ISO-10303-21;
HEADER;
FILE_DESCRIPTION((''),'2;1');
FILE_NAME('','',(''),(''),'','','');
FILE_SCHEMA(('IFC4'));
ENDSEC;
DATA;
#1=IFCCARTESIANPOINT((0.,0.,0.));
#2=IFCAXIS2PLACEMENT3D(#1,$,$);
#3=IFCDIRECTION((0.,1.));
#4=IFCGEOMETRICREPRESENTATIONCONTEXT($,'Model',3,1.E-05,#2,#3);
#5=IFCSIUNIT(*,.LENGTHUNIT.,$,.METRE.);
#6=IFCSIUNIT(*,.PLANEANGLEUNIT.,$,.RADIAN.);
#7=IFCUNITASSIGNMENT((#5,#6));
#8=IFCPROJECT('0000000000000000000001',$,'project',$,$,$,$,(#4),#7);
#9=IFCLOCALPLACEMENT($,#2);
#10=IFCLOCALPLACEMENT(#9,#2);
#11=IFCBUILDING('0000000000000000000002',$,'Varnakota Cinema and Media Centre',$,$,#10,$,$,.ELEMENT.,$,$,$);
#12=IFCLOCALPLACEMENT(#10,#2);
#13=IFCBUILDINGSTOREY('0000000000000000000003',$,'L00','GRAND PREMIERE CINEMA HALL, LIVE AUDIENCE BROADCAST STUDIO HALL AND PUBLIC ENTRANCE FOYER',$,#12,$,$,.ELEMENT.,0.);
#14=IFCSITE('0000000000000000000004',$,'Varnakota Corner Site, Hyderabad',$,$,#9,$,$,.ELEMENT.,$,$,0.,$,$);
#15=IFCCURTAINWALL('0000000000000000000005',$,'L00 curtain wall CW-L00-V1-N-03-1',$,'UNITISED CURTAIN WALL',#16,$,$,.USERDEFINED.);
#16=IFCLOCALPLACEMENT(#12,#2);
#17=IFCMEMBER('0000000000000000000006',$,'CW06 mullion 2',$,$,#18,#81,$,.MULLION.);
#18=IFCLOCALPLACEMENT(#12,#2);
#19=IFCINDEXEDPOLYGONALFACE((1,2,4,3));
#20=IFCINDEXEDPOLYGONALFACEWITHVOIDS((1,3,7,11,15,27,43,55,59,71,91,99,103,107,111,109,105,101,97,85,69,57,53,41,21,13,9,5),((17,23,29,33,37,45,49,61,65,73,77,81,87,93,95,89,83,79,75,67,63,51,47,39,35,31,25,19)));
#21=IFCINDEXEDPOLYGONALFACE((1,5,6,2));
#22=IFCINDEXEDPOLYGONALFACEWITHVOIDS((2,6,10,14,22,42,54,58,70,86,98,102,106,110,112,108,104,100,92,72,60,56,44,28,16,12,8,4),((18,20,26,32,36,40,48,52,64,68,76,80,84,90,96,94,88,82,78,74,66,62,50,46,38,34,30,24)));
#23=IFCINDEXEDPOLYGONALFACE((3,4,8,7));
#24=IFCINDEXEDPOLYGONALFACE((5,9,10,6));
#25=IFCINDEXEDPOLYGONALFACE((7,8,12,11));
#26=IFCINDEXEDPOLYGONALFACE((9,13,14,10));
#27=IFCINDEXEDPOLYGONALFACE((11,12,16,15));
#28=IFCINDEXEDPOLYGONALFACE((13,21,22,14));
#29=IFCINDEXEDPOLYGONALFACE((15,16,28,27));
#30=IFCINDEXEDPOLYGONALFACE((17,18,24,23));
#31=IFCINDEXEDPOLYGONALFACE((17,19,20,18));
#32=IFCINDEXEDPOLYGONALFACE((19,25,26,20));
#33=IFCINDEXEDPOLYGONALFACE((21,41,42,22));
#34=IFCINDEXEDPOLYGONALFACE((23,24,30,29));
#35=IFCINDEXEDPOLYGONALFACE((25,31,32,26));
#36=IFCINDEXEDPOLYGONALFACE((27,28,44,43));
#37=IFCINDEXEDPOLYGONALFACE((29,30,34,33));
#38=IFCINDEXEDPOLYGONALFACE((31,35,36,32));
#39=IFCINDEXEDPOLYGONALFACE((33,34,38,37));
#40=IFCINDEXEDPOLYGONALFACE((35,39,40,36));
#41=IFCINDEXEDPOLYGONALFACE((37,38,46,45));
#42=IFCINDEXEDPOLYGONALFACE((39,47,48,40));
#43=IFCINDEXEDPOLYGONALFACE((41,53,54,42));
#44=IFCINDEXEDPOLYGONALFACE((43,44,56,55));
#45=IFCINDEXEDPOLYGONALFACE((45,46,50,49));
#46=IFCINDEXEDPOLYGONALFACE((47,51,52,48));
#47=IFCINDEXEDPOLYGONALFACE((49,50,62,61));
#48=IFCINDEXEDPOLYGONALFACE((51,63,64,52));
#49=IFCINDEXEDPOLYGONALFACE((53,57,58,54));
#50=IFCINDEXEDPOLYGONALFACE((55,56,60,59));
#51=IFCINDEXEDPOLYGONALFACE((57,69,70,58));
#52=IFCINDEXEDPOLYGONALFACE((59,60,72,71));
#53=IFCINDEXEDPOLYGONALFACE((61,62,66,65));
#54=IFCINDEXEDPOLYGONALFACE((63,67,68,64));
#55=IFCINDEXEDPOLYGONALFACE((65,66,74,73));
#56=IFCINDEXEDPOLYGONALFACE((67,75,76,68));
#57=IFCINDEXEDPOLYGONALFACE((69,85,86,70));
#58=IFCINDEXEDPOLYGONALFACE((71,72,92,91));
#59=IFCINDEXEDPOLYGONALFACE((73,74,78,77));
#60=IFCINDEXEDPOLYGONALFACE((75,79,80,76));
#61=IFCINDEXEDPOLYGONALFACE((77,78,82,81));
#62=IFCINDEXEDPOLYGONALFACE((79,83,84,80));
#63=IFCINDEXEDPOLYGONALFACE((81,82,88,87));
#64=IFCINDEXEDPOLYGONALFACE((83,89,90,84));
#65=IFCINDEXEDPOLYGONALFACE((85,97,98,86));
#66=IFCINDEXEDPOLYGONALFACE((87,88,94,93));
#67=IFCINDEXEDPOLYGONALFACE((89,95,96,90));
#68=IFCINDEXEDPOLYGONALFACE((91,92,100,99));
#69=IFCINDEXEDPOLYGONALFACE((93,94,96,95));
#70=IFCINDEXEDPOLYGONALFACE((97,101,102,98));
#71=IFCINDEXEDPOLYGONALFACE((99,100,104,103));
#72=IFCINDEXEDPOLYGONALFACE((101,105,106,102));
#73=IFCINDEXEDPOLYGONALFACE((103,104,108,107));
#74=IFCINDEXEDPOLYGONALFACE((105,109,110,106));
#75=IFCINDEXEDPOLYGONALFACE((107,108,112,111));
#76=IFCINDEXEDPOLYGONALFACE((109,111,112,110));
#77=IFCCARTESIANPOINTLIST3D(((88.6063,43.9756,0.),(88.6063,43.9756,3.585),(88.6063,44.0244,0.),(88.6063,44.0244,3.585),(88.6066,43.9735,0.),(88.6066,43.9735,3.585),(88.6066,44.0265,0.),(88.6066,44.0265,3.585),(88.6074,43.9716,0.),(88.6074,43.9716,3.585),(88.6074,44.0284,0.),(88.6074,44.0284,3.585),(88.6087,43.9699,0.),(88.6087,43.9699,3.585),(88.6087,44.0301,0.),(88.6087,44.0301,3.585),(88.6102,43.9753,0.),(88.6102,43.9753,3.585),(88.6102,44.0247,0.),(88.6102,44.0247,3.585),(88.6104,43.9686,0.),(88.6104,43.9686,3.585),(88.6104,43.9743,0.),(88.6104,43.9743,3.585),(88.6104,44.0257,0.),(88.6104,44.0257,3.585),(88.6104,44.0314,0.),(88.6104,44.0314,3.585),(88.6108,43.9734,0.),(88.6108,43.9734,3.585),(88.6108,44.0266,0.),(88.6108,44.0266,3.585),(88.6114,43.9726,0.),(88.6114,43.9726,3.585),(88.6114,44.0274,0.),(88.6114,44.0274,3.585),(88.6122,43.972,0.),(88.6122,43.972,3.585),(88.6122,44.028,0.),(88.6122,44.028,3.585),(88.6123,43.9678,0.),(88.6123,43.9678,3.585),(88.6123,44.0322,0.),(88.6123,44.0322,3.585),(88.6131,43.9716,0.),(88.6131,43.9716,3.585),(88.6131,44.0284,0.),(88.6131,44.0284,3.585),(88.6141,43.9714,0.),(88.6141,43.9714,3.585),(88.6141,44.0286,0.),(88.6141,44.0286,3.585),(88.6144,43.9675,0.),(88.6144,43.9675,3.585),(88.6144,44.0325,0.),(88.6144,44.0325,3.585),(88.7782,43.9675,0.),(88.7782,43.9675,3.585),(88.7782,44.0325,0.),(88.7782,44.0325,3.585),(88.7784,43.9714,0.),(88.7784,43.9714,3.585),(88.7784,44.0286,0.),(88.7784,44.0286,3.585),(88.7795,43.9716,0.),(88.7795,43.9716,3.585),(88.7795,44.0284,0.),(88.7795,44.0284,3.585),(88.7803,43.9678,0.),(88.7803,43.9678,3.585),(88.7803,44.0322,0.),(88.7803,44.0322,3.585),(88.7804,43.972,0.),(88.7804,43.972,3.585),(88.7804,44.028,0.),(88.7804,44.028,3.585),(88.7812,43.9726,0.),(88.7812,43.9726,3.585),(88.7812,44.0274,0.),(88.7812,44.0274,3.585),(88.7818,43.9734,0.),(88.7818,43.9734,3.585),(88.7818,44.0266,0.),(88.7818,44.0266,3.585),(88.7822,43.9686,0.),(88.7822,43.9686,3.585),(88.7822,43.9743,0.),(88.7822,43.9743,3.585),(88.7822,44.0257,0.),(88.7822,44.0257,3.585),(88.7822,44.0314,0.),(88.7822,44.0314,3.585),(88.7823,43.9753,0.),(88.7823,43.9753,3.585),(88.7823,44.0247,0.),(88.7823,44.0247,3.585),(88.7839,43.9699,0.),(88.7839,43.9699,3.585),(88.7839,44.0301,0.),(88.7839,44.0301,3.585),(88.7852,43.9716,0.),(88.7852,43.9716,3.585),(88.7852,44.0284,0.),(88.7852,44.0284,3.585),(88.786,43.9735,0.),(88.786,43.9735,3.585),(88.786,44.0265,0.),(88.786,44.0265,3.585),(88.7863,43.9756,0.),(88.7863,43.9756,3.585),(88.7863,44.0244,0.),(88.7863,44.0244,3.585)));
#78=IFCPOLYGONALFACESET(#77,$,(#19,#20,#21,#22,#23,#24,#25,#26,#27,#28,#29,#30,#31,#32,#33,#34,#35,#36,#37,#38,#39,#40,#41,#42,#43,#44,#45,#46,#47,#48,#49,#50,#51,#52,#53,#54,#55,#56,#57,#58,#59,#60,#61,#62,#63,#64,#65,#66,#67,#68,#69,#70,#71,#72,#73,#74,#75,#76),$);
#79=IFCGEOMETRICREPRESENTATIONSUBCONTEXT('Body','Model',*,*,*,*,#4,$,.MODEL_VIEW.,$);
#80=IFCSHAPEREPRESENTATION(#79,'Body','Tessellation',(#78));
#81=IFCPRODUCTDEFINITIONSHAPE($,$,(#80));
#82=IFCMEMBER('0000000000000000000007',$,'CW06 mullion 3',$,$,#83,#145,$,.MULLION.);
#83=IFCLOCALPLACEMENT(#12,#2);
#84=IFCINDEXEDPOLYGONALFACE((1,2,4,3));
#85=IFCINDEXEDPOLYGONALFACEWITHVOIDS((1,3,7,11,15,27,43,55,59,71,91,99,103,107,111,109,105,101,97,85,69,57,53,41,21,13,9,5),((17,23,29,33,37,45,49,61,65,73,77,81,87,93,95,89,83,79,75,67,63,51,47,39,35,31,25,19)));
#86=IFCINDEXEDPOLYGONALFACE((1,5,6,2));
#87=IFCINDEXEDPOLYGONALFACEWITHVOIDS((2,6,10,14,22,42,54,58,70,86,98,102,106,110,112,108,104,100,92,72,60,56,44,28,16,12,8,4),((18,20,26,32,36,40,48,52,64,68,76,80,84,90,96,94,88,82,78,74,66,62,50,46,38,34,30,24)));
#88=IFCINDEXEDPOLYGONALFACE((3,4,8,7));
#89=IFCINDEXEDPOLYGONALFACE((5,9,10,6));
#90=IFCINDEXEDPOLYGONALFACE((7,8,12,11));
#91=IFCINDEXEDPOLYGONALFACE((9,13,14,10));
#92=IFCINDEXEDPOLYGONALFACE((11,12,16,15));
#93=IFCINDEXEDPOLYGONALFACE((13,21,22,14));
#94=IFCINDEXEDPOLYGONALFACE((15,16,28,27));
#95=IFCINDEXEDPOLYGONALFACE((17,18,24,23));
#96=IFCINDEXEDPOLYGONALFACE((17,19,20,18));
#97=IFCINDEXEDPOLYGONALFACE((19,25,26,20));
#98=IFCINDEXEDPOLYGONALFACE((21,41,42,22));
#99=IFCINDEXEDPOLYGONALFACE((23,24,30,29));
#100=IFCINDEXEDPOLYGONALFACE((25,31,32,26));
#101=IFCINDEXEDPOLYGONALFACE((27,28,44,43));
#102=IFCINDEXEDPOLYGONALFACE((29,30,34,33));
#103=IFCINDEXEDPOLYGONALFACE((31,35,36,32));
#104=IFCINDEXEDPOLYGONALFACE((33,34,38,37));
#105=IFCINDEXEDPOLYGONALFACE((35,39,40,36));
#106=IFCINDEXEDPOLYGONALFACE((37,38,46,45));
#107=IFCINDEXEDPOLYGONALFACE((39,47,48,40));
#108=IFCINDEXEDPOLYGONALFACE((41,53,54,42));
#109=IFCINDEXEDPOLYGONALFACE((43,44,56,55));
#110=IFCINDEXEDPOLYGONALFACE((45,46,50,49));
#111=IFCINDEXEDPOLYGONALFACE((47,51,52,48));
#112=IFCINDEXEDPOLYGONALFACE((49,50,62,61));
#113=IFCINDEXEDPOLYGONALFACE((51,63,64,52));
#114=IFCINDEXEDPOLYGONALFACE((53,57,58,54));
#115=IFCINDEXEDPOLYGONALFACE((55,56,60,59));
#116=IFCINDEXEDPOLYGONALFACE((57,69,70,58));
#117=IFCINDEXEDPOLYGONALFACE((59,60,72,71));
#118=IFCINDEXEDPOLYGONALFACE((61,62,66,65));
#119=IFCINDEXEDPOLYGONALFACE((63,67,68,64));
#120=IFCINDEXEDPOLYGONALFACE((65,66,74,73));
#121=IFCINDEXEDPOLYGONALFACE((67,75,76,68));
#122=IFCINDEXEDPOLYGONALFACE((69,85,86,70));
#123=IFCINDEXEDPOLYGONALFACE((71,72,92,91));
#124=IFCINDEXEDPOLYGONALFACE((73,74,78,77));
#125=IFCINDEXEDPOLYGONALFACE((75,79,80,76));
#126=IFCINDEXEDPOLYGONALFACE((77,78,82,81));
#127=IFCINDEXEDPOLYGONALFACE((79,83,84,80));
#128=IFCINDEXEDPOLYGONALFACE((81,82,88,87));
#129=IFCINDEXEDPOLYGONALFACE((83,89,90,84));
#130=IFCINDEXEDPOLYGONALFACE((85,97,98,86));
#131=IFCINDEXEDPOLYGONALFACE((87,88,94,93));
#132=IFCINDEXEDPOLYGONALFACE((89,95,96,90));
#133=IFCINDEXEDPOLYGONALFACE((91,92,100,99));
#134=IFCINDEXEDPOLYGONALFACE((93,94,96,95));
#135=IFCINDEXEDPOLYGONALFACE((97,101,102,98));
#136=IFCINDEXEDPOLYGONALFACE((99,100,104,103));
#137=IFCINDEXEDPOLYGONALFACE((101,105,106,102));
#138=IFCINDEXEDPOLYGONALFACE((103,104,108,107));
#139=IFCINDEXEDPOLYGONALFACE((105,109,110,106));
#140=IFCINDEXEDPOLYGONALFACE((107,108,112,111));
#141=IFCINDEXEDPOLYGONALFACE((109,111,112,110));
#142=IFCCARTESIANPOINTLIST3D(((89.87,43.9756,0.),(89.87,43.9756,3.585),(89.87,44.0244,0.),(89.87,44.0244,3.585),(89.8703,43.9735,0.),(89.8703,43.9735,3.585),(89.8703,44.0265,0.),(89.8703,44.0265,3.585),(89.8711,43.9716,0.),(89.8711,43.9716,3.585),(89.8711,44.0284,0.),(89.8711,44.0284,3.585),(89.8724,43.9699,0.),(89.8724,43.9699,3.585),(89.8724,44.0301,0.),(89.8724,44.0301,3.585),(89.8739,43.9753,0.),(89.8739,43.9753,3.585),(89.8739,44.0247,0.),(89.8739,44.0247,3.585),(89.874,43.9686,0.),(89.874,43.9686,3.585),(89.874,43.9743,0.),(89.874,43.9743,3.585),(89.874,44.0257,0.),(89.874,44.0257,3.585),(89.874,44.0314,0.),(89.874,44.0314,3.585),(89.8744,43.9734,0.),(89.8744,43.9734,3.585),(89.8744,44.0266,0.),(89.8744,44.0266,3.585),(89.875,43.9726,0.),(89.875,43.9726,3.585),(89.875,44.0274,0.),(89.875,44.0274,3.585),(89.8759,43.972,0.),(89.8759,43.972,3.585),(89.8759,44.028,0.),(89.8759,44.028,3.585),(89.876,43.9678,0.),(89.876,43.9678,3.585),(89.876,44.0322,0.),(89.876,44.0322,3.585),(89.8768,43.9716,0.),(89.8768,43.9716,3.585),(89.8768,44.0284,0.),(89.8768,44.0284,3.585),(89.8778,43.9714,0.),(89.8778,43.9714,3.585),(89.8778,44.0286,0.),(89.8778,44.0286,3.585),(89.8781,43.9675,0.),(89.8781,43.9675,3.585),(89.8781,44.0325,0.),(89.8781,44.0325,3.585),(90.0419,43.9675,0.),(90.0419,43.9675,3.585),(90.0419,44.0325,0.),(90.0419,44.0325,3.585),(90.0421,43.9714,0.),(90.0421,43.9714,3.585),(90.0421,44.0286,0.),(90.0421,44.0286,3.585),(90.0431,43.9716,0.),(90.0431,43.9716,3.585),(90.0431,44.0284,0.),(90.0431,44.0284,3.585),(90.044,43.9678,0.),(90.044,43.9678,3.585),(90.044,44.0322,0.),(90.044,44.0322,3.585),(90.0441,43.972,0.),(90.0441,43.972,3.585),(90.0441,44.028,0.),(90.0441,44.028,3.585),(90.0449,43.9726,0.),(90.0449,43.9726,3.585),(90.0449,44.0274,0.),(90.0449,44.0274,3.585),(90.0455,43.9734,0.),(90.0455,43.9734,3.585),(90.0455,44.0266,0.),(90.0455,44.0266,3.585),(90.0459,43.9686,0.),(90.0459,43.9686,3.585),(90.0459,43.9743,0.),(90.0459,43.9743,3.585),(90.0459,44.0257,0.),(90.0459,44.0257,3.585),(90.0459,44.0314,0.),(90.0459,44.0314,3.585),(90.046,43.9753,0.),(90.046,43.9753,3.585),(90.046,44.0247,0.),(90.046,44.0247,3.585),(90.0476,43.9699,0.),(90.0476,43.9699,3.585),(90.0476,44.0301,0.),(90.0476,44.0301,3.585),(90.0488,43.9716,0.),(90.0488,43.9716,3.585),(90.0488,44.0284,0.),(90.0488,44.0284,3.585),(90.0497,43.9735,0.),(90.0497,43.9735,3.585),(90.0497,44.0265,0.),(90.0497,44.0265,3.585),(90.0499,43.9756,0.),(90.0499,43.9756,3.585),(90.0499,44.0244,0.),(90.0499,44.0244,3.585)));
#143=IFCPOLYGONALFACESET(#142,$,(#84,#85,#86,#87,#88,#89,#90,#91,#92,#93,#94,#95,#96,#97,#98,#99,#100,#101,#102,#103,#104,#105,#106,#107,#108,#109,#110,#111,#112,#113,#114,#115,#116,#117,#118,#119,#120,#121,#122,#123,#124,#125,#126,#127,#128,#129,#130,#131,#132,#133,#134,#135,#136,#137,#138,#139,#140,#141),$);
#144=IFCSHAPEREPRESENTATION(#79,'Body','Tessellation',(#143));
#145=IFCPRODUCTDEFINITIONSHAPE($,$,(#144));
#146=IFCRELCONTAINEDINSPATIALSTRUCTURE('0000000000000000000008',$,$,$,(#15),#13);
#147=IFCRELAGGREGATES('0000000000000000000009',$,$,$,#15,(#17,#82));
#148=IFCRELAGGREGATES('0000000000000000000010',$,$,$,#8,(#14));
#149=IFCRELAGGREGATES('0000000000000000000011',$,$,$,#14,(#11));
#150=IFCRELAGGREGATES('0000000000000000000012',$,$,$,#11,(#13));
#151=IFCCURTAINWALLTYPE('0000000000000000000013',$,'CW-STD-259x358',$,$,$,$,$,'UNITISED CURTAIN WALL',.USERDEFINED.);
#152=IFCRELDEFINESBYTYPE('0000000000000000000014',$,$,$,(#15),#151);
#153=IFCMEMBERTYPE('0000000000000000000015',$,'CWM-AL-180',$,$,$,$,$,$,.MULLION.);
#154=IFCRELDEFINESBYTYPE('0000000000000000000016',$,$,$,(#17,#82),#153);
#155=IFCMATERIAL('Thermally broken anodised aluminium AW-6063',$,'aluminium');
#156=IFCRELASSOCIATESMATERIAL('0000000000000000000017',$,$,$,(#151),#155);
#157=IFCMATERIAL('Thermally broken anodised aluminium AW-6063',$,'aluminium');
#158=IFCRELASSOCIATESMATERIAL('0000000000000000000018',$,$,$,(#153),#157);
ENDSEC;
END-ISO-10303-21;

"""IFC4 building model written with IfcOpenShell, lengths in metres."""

from ifc_helpers import new_model, si_unit, direction, frame, origin, origin_2d, place, context, subcontext, project, spatial, hollow_rectangle, extrude, material, material_profile, profile_set, type_object, element, aggregate, save


model = new_model("IFC4")

# Units and contexts
model_context = context("Model", 3, precision=1e-05, world=origin(), true_north=direction((0.0, 1.0)))
body_context = subcontext(model_context, "Body", "Model", "MODEL_VIEW")
ifc_project = project(units=[si_unit("LENGTHUNIT", "METRE"), si_unit("PLANEANGLEUNIT", "RADIAN")], contexts=[model_context])

# Site, building, storey
site_placement = place(None, origin())
site = spatial("IfcSite", under=ifc_project, at=site_placement, Name="Varnakota Corner Site, Hyderabad", CompositionType="ELEMENT", RefElevation=0.0)
building_placement = place(site_placement, origin())
building = spatial("IfcBuilding", under=site, at=building_placement, Name="Varnakota Cinema and Media Centre", CompositionType="ELEMENT")
storey_placement = place(building_placement, origin())
storey = spatial("IfcBuildingStorey", under=building, at=storey_placement, Name="L00", Description="GRAND PREMIERE CINEMA HALL, LIVE AUDIENCE BROADCAST STUDIO HALL AND PUBLIC ENTRANCE FOYER", CompositionType="ELEMENT", Elevation=0.0)

# Curtain wall, members
ifc_material_1 = material(Name="Thermally broken anodised aluminium AW-6063", Category="aluminium")
curtain_wall_type = type_object("IfcCurtainWallType", Name="CW-STD-259x358", ElementType="UNITISED CURTAIN WALL", PredefinedType="USERDEFINED", material=ifc_material_1)
curtain_wall_1_placement = place(storey_placement, origin())
curtain_wall_1 = element("IfcCurtainWall", 1, at=curtain_wall_1_placement, inside=storey, type_object=curtain_wall_type, Name="L00 curtain wall CW-L00-V1-N-03-1", ObjectType="UNITISED CURTAIN WALL", PredefinedType="USERDEFINED")
ifc_material_2 = material(Name="Thermally broken anodised aluminium AW-6063", Category="aluminium")
ifc_material_profile_1 = material_profile(ifc_material_2, hollow_rectangle(XDim=0.0649, YDim=0.1799, WallThickness=0.0039, InnerFilletRadius=0.0039, OuterFilletRadius=0.0081, at=origin_2d()), Name="AL-MULLION 180x65x4")
ifc_profile_set_1 = profile_set([ifc_material_profile_1], Name="Thermally broken anodised aluminium AW-6063")
member_type_1 = type_object("IfcMemberType", Name="CWM-AL-180", PredefinedType="MULLION", material=ifc_profile_set_1)
member_1_placement = place(storey_placement, frame((88.6963, 44.0, 0.0), z_axis=(0.0, 0.0, 1.0), x_axis=(0.0, 1.0, 0.0)))
member_1 = element("IfcMember", 2, at=member_1_placement, type_object=member_type_1, Name="CW06 mullion 2", PredefinedType="MULLION", context=body_context, shape_type="SweptSolid", body=[
    extrude(hollow_rectangle(XDim=0.0649, YDim=0.1799, WallThickness=0.0039, InnerFilletRadius=0.0039, OuterFilletRadius=0.0081, at=origin_2d()), origin(), (0.0, 0.0, 1.0), 3.585),
])
member_2_placement = place(storey_placement, frame((89.96, 44.0, 0.0), z_axis=(0.0, 0.0, 1.0), x_axis=(0.0, 1.0, 0.0)))
member_2 = element("IfcMember", 3, at=member_2_placement, type_object=member_type_1, Name="CW06 mullion 3", PredefinedType="MULLION", context=body_context, shape_type="SweptSolid", body=[
    extrude(hollow_rectangle(XDim=0.0649, YDim=0.1799, WallThickness=0.0039, InnerFilletRadius=0.0039, OuterFilletRadius=0.0081, at=origin_2d()), origin(), (0.0, 0.0, 1.0), 3.585),
])

aggregate(curtain_wall_1, [member_1, member_2])

save(model, "model.ifc")
